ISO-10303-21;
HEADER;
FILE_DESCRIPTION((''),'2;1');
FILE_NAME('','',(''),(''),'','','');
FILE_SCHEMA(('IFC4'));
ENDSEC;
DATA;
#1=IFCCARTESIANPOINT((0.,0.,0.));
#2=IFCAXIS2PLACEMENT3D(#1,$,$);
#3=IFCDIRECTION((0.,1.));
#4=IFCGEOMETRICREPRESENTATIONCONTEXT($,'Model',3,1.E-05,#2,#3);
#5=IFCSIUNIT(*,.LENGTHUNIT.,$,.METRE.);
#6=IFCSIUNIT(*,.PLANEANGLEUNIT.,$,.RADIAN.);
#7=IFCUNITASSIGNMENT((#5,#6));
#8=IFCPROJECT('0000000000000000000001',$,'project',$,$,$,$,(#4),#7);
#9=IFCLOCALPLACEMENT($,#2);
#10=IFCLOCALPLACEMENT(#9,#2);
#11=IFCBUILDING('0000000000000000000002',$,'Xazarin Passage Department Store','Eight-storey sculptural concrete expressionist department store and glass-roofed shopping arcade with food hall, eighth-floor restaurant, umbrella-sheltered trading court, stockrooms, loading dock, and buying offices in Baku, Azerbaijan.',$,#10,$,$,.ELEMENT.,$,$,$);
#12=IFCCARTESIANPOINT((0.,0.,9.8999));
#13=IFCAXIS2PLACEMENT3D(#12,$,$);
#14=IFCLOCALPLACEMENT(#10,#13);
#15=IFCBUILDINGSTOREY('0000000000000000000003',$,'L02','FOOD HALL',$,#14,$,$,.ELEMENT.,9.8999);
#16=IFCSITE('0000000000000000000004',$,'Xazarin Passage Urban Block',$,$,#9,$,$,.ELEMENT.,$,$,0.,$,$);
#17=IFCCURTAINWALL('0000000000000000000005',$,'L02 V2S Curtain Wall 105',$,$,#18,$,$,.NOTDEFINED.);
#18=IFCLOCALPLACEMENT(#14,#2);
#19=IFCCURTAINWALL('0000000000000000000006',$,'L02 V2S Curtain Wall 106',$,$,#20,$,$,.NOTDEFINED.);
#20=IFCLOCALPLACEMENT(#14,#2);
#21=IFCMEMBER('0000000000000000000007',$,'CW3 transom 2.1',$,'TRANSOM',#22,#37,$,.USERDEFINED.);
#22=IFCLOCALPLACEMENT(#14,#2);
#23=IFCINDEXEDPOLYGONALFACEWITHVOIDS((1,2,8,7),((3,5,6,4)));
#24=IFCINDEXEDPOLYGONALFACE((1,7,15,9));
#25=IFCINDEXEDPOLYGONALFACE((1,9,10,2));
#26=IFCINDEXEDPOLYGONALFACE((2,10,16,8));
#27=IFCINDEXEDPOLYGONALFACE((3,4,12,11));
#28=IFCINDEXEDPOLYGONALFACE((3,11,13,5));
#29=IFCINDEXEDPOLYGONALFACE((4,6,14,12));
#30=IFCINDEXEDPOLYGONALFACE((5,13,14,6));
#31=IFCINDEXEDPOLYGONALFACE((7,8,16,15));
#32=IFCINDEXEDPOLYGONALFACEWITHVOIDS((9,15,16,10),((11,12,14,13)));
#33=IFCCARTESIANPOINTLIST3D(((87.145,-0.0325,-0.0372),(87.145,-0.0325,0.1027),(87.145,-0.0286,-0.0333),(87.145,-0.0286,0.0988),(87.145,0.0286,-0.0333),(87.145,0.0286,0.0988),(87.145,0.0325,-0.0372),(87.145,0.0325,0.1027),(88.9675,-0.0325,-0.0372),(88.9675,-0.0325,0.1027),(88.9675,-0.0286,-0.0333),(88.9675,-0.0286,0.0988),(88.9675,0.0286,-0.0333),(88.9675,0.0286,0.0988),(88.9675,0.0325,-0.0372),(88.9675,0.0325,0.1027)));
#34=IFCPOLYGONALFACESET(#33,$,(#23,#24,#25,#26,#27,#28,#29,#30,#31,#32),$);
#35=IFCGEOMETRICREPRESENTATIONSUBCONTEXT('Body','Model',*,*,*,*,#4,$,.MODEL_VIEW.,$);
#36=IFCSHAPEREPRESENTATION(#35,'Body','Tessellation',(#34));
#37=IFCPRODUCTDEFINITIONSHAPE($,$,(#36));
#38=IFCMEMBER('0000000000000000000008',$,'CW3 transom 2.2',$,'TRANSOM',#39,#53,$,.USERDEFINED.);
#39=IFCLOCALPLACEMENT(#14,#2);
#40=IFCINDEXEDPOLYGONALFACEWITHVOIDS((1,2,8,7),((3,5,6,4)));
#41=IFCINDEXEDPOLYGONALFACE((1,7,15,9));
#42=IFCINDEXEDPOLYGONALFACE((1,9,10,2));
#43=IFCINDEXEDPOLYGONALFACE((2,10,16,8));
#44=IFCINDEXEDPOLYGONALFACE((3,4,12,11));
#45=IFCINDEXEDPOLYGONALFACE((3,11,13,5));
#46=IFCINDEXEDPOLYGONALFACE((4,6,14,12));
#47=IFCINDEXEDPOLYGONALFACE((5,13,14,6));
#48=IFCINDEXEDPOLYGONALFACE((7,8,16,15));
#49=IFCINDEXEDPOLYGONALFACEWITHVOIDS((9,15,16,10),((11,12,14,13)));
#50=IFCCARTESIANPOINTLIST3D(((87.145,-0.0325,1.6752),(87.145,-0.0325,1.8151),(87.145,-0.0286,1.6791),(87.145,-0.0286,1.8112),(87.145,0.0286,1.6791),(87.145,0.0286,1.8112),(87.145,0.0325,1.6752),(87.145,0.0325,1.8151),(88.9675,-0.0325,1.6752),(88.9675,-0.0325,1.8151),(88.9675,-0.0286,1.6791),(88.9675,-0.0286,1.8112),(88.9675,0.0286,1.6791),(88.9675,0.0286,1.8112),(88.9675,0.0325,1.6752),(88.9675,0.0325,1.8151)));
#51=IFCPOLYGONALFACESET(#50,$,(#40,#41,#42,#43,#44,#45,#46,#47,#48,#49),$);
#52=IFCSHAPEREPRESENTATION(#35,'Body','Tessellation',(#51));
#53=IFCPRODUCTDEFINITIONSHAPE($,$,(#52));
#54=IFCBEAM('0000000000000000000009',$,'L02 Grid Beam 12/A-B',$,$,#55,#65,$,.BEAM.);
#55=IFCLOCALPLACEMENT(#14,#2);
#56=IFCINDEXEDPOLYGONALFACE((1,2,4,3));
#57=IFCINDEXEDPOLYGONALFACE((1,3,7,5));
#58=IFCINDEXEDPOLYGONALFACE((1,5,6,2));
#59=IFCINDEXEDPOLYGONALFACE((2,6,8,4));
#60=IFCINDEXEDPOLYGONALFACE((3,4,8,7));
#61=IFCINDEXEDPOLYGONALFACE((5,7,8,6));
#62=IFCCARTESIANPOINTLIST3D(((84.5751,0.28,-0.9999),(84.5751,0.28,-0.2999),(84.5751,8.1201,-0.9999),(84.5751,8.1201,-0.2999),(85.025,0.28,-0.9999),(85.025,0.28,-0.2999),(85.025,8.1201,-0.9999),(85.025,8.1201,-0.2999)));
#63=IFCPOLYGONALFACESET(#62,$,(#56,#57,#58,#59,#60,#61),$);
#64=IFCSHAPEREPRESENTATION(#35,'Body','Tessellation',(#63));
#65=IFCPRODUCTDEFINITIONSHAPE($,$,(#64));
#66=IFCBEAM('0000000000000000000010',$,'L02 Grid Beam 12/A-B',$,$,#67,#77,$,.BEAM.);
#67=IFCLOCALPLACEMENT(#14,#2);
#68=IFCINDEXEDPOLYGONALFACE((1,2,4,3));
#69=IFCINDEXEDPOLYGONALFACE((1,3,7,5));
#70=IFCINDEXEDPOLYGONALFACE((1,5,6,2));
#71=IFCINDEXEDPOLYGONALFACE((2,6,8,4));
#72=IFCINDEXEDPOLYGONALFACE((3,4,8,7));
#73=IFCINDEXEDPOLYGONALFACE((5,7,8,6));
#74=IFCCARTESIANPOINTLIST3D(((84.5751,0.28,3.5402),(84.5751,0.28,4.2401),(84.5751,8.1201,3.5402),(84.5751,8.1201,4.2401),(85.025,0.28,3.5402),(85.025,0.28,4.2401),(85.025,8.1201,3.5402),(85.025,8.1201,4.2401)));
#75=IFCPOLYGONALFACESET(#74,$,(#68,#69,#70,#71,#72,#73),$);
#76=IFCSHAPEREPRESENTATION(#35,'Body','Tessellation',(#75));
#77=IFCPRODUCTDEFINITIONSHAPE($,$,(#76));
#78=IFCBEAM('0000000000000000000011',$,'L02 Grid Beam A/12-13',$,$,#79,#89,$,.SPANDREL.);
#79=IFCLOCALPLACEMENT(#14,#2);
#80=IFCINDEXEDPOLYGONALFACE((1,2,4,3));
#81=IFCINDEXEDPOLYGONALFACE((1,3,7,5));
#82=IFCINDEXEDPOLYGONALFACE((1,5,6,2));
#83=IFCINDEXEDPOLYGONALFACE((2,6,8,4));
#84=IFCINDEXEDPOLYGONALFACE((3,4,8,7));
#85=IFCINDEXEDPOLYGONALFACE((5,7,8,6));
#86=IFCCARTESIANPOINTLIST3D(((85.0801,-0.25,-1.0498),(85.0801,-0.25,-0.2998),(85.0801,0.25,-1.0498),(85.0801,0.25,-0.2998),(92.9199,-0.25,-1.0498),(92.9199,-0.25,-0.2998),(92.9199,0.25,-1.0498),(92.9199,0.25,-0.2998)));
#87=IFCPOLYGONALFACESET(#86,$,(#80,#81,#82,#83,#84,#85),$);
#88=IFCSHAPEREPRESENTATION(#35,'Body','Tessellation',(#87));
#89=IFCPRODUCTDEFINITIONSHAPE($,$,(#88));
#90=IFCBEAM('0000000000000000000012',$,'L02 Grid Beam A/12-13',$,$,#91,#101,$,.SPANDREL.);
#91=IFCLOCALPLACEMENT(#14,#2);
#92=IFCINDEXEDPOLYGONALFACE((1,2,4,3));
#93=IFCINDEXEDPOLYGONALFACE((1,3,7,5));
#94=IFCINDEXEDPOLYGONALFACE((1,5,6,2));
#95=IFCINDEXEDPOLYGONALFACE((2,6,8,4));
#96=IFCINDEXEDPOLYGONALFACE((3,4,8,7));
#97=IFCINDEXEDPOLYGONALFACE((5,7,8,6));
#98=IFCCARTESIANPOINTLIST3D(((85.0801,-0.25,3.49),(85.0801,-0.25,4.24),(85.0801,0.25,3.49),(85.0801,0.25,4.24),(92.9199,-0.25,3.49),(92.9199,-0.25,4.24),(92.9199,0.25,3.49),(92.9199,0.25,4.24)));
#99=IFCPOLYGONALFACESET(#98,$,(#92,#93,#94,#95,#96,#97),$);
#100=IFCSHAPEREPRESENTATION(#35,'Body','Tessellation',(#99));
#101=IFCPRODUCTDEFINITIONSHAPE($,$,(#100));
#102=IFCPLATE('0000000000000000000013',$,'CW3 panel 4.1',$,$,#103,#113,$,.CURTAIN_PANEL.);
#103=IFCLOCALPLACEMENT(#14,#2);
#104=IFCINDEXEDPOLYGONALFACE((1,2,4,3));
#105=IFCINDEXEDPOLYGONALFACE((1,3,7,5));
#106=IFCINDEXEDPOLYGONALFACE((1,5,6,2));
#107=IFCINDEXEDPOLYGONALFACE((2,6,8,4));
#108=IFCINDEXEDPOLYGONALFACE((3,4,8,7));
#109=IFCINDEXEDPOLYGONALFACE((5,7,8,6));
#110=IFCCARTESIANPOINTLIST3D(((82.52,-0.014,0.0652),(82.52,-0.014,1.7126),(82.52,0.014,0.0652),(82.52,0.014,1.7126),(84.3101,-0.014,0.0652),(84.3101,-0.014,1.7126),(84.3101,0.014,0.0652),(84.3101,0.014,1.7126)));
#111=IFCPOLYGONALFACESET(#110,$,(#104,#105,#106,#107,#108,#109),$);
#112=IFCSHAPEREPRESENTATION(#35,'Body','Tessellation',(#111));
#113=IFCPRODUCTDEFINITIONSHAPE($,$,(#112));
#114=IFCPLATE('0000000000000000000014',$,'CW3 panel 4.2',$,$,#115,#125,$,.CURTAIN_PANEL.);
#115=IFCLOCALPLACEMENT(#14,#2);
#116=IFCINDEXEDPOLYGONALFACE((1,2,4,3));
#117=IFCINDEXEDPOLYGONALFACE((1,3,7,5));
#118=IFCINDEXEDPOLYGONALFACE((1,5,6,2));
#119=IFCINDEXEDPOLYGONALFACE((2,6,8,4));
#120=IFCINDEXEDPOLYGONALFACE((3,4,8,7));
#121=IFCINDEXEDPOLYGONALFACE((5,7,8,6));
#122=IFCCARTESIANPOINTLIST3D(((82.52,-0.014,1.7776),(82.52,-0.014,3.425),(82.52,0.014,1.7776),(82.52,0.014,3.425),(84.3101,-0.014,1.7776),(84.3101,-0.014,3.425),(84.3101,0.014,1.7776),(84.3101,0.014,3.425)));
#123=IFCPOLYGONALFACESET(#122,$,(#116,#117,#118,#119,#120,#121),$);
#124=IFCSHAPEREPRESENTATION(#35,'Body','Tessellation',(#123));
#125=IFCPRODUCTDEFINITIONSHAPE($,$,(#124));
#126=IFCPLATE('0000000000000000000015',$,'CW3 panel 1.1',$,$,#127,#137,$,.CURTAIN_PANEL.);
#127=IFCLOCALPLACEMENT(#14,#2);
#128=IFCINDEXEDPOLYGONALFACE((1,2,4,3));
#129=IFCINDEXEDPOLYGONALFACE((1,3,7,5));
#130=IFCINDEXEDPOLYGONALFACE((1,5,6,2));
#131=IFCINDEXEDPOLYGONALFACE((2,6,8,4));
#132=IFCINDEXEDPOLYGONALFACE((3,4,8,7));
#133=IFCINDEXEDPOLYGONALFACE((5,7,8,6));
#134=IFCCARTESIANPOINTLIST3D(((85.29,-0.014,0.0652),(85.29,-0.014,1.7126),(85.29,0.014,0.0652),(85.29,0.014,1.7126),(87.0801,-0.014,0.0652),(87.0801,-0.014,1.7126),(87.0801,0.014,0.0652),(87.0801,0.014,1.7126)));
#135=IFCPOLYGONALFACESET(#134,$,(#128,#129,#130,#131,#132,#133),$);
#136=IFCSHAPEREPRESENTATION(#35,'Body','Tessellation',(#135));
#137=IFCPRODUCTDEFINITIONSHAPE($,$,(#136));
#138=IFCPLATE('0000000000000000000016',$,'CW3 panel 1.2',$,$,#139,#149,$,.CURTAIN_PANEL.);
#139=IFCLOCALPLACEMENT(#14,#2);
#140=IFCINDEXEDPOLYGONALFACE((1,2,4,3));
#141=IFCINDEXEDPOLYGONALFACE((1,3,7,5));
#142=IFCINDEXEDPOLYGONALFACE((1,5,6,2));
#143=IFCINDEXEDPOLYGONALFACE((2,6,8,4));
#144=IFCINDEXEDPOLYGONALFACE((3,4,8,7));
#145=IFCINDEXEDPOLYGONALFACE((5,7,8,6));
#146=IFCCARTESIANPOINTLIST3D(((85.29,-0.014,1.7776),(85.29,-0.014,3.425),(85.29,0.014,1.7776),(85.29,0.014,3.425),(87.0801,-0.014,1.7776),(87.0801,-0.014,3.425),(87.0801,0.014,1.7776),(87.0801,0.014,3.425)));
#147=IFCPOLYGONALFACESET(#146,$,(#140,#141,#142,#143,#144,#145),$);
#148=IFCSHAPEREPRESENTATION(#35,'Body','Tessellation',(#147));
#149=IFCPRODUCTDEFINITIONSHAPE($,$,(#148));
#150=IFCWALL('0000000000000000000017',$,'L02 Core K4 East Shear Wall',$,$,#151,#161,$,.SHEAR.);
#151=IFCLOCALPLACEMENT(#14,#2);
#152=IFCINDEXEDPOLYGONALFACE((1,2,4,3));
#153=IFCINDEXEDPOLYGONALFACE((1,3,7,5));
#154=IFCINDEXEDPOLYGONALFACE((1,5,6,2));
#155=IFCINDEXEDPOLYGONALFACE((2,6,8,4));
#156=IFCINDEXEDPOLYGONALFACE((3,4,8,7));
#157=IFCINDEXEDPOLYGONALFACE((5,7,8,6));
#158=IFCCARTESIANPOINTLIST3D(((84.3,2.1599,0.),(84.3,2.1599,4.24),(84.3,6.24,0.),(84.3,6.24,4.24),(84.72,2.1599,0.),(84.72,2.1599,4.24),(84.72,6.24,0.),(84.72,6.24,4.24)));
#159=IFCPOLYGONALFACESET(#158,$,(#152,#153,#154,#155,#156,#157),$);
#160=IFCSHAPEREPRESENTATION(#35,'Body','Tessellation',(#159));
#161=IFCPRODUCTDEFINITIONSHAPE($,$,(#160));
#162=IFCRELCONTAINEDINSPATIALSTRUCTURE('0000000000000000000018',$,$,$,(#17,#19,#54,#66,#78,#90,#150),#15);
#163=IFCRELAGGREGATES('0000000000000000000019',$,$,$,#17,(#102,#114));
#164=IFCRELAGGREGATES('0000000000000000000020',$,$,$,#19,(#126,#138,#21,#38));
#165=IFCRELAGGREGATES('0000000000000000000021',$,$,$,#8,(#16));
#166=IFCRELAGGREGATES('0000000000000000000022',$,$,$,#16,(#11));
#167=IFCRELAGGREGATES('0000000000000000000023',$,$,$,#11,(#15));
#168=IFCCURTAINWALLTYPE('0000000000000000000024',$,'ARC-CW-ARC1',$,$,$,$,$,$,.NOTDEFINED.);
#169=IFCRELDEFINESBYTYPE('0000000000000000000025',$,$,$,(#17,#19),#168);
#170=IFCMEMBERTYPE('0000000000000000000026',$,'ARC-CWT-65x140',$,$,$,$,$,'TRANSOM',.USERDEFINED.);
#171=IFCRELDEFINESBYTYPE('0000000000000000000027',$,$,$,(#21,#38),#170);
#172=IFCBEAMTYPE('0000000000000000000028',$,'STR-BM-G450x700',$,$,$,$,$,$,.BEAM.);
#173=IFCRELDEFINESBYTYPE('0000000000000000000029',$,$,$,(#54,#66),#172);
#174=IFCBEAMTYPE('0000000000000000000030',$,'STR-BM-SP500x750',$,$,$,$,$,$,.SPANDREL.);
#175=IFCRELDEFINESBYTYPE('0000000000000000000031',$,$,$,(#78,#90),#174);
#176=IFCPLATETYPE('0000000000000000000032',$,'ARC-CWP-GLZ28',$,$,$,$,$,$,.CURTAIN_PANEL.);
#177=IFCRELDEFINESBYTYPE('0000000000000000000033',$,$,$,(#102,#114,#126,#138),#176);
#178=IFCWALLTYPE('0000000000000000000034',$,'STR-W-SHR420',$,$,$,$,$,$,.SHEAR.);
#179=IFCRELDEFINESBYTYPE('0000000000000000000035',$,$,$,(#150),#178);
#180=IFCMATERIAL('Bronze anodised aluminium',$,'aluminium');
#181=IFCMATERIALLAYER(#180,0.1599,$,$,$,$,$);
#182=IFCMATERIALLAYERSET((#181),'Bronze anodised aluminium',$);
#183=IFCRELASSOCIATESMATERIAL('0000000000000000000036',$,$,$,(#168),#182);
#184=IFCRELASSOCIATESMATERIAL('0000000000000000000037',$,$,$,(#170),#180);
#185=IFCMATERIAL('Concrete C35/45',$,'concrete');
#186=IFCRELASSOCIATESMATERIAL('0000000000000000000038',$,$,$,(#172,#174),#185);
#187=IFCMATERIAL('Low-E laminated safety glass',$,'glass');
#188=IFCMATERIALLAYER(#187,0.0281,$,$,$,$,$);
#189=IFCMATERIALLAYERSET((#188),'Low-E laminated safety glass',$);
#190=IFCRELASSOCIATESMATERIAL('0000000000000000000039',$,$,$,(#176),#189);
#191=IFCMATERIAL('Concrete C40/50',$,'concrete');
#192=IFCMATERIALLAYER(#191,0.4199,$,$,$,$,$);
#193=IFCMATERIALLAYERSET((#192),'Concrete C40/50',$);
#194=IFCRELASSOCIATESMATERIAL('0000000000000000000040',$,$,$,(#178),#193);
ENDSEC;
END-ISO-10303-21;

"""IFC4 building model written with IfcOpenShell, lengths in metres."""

from ifc_helpers import new_model, si_unit, direction, frame, frame_2d, origin, origin_2d, place, context, subcontext, project, spatial, rectangle, hollow_rectangle, extrude, material, layer, layer_set, material_profile, profile_set, type_object, element, aggregate, save


model = new_model("IFC4")

# Units and contexts
model_context = context("Model", 3, precision=1e-05, world=origin(), true_north=direction((0.0, 1.0)))
body_context = subcontext(model_context, "Body", "Model", "MODEL_VIEW")
ifc_project = project(units=[si_unit("LENGTHUNIT", "METRE"), si_unit("PLANEANGLEUNIT", "RADIAN")], contexts=[model_context])

# Site, building, storey
site_placement = place(None, origin())
site = spatial("IfcSite", under=ifc_project, at=site_placement, Name="Xazarin Passage Urban Block", CompositionType="ELEMENT", RefElevation=0.0)
building_placement = place(site_placement, origin())
building = spatial("IfcBuilding", under=site, at=building_placement, Name="Xazarin Passage Department Store", Description="Eight-storey sculptural concrete expressionist department store and glass-roofed shopping arcade with food hall, eighth-floor restaurant, umbrella-sheltered trading court, stockrooms, loading dock, and buying offices in Baku, Azerbaijan.", CompositionType="ELEMENT")
storey_placement = place(building_placement, frame((0.0, 0.0, 9.8999)))
storey = spatial("IfcBuildingStorey", under=building, at=storey_placement, Name="L02", Description="FOOD HALL", CompositionType="ELEMENT", Elevation=9.8999)

# Shared definitions
ifc_material_1 = material(Name="Concrete C40/50", Category="concrete")

# Curtain walls
ifc_material_2 = material(Name="Bronze anodised aluminium", Category="aluminium")
ifc_layer_1 = layer(ifc_material_2, 0.1599)
ifc_layer_set_1 = layer_set([ifc_layer_1], Name="Bronze anodised aluminium")
curtain_wall_type = type_object("IfcCurtainWallType", Name="ARC-CW-ARC1", PredefinedType="NOTDEFINED", material=ifc_layer_set_1)
curtain_wall_1_placement = place(storey_placement, origin())
curtain_wall_1 = element("IfcCurtainWall", 1, at=curtain_wall_1_placement, inside=storey, type_object=curtain_wall_type, Name="L02 V2S Curtain Wall 105", PredefinedType="NOTDEFINED")
curtain_wall_2_placement = place(storey_placement, origin())
curtain_wall_2 = element("IfcCurtainWall", 2, at=curtain_wall_2_placement, inside=storey, type_object=curtain_wall_type, Name="L02 V2S Curtain Wall 106", PredefinedType="NOTDEFINED")

# Members
ifc_material_profile_1 = material_profile(ifc_material_2, hollow_rectangle(XDim=0.0649, YDim=0.1399, WallThickness=0.0039, at=origin_2d()), Name="ALU 65x140")
ifc_profile_set_1 = profile_set([ifc_material_profile_1], Name="Bronze anodised aluminium")
member_type_1 = type_object("IfcMemberType", Name="ARC-CWT-65x140", ElementType="TRANSOM", PredefinedType="USERDEFINED", material=ifc_profile_set_1)
member_1_placement = place(storey_placement, frame((87.145, 0.0, 0.0327), z_axis=(1.0, 0.0, 0.0), x_axis=(0.0, 1.0, 0.0)))
member_1 = element("IfcMember", 3, at=member_1_placement, type_object=member_type_1, Name="CW3 transom 2.1", ObjectType="TRANSOM", PredefinedType="USERDEFINED", context=body_context, shape_type="SweptSolid", body=[
    extrude(hollow_rectangle(XDim=0.0649, YDim=0.1399, WallThickness=0.0039, at=origin_2d()), origin(), (0.0, 0.0, 1.0), 1.8225),
])
member_2_placement = place(storey_placement, frame((87.145, 0.0, 1.7451), z_axis=(1.0, 0.0, 0.0), x_axis=(0.0, 1.0, 0.0)))
member_2 = element("IfcMember", 4, at=member_2_placement, type_object=member_type_1, Name="CW3 transom 2.2", ObjectType="TRANSOM", PredefinedType="USERDEFINED", context=body_context, shape_type="SweptSolid", body=[
    extrude(hollow_rectangle(XDim=0.0649, YDim=0.1399, WallThickness=0.0039, at=origin_2d()), origin(), (0.0, 0.0, 1.0), 1.8225),
])

# Beams
ifc_material_3 = material(Name="Concrete C35/45", Category="concrete")
ifc_material_profile_2 = material_profile(ifc_material_3, rectangle(XDim=0.45, YDim=0.7, at=origin_2d()), Name="RC 450x700")
ifc_profile_set_2 = profile_set([ifc_material_profile_2], Name="Concrete C35/45")
beam_type_1 = type_object("IfcBeamType", Name="STR-BM-G450x700", PredefinedType="BEAM", material=ifc_profile_set_2)
for number, where, z_axis, x_axis, name in (
    (5, (84.8, 0.28, -0.6499), (0.0, 1.0, 0.0), (-1.0, 0.0, 0.0), "L02 Grid Beam 12/A-B"),
    (6, (84.8, 0.28, 3.8901), (0.0, 1.0, 0.0), (-1.0, 0.0, 0.0), "L02 Grid Beam 12/A-B"),
):
    element("IfcBeam", number, at=place(storey_placement, frame(where, z_axis=z_axis, x_axis=x_axis)), inside=storey, type_object=beam_type_1, Name=name, PredefinedType="BEAM", context=body_context, shape_type="SweptSolid", body=[
        extrude(rectangle(XDim=0.45, YDim=0.7, at=origin_2d()), origin(), (0.0, 0.0, 1.0), 7.8401),
    ])
ifc_material_profile_3 = material_profile(ifc_material_3, rectangle(XDim=0.5, YDim=0.75, at=origin_2d()), Name="RC 500x750")
ifc_profile_set_3 = profile_set([ifc_material_profile_3], Name="Concrete C35/45")
beam_type_2 = type_object("IfcBeamType", Name="STR-BM-SP500x750", PredefinedType="SPANDREL", material=ifc_profile_set_3)
for number, where, z_axis, x_axis, name in (
    (7, (85.0801, 0.0, -0.6748), (1.0, 0.0, 0.0), (0.0, 1.0, 0.0), "L02 Grid Beam A/12-13"),
    (8, (85.0801, 0.0, 3.865), (1.0, 0.0, 0.0), (0.0, 1.0, 0.0), "L02 Grid Beam A/12-13"),
):
    element("IfcBeam", number, at=place(storey_placement, frame(where, z_axis=z_axis, x_axis=x_axis)), inside=storey, type_object=beam_type_2, Name=name, PredefinedType="SPANDREL", context=body_context, shape_type="SweptSolid", body=[
        extrude(rectangle(XDim=0.5, YDim=0.75, at=origin_2d()), origin(), (0.0, 0.0, 1.0), 7.8398),
    ])

# Plates
ifc_material_4 = material(Name="Low-E laminated safety glass", Category="glass")
ifc_layer_2 = layer(ifc_material_4, 0.0281)
ifc_layer_set_2 = layer_set([ifc_layer_2], Name="Low-E laminated safety glass")
plate_type = type_object("IfcPlateType", Name="ARC-CWP-GLZ28", PredefinedType="CURTAIN_PANEL", material=ifc_layer_set_2)
plate_1_placement = place(storey_placement, frame((83.415, 0.0, 0.0652), z_axis=(0.0, 0.0, 1.0), x_axis=(1.0, 0.0, 0.0)))
plate_1 = element("IfcPlate", 9, at=plate_1_placement, type_object=plate_type, Name="CW3 panel 4.1", PredefinedType="CURTAIN_PANEL", context=body_context, shape_type="SweptSolid", body=[
    extrude(rectangle(XDim=1.79, YDim=0.0281, at=origin_2d()), origin(), (0.0, 0.0, 1.0), 1.6475),
])
plate_2_placement = place(storey_placement, frame((83.415, 0.0, 1.7776), z_axis=(0.0, 0.0, 1.0), x_axis=(1.0, 0.0, 0.0)))
plate_2 = element("IfcPlate", 10, at=plate_2_placement, type_object=plate_type, Name="CW3 panel 4.2", PredefinedType="CURTAIN_PANEL", context=body_context, shape_type="SweptSolid", body=[
    extrude(rectangle(XDim=1.79, YDim=0.0281, at=origin_2d()), origin(), (0.0, 0.0, 1.0), 1.6475),
])
aggregate(curtain_wall_1, [plate_1, plate_2])
plate_3_placement = place(storey_placement, frame((86.1851, 0.0, 0.0652), z_axis=(0.0, 0.0, 1.0), x_axis=(1.0, 0.0, 0.0)))
plate_3 = element("IfcPlate", 11, at=plate_3_placement, type_object=plate_type, Name="CW3 panel 1.1", PredefinedType="CURTAIN_PANEL", context=body_context, shape_type="SweptSolid", body=[
    extrude(rectangle(XDim=1.79, YDim=0.0281, at=origin_2d()), origin(), (0.0, 0.0, 1.0), 1.6475),
])
plate_4_placement = place(storey_placement, frame((86.1851, 0.0, 1.7776), z_axis=(0.0, 0.0, 1.0), x_axis=(1.0, 0.0, 0.0)))
plate_4 = element("IfcPlate", 12, at=plate_4_placement, type_object=plate_type, Name="CW3 panel 1.2", PredefinedType="CURTAIN_PANEL", context=body_context, shape_type="SweptSolid", body=[
    extrude(rectangle(XDim=1.79, YDim=0.0281, at=origin_2d()), origin(), (0.0, 0.0, 1.0), 1.6475),
])
aggregate(curtain_wall_2, [plate_3, plate_4, member_1, member_2])

# Wall
ifc_layer_3 = layer(ifc_material_1, 0.4199)
ifc_layer_set_3 = layer_set([ifc_layer_3], Name="Concrete C40/50")
wall_type = type_object("IfcWallType", Name="STR-W-SHR420", PredefinedType="SHEAR", material=ifc_layer_set_3)
wall_placement = place(storey_placement, frame((84.51, 2.1599, 0.0), z_axis=(0.0, 0.0, 1.0), x_axis=(0.0, 1.0, 0.0)))
element("IfcWall", 13, at=wall_placement, inside=storey, type_object=wall_type, Name="L02 Core K4 East Shear Wall", PredefinedType="SHEAR", context=body_context, shape_type="SweptSolid", body=[
    extrude(rectangle(XDim=4.0801, YDim=0.4199, at=frame_2d((2.04, 0.0))), origin(), (0.0, 0.0, 1.0), 4.24),
])

save(model, "model.ifc")
